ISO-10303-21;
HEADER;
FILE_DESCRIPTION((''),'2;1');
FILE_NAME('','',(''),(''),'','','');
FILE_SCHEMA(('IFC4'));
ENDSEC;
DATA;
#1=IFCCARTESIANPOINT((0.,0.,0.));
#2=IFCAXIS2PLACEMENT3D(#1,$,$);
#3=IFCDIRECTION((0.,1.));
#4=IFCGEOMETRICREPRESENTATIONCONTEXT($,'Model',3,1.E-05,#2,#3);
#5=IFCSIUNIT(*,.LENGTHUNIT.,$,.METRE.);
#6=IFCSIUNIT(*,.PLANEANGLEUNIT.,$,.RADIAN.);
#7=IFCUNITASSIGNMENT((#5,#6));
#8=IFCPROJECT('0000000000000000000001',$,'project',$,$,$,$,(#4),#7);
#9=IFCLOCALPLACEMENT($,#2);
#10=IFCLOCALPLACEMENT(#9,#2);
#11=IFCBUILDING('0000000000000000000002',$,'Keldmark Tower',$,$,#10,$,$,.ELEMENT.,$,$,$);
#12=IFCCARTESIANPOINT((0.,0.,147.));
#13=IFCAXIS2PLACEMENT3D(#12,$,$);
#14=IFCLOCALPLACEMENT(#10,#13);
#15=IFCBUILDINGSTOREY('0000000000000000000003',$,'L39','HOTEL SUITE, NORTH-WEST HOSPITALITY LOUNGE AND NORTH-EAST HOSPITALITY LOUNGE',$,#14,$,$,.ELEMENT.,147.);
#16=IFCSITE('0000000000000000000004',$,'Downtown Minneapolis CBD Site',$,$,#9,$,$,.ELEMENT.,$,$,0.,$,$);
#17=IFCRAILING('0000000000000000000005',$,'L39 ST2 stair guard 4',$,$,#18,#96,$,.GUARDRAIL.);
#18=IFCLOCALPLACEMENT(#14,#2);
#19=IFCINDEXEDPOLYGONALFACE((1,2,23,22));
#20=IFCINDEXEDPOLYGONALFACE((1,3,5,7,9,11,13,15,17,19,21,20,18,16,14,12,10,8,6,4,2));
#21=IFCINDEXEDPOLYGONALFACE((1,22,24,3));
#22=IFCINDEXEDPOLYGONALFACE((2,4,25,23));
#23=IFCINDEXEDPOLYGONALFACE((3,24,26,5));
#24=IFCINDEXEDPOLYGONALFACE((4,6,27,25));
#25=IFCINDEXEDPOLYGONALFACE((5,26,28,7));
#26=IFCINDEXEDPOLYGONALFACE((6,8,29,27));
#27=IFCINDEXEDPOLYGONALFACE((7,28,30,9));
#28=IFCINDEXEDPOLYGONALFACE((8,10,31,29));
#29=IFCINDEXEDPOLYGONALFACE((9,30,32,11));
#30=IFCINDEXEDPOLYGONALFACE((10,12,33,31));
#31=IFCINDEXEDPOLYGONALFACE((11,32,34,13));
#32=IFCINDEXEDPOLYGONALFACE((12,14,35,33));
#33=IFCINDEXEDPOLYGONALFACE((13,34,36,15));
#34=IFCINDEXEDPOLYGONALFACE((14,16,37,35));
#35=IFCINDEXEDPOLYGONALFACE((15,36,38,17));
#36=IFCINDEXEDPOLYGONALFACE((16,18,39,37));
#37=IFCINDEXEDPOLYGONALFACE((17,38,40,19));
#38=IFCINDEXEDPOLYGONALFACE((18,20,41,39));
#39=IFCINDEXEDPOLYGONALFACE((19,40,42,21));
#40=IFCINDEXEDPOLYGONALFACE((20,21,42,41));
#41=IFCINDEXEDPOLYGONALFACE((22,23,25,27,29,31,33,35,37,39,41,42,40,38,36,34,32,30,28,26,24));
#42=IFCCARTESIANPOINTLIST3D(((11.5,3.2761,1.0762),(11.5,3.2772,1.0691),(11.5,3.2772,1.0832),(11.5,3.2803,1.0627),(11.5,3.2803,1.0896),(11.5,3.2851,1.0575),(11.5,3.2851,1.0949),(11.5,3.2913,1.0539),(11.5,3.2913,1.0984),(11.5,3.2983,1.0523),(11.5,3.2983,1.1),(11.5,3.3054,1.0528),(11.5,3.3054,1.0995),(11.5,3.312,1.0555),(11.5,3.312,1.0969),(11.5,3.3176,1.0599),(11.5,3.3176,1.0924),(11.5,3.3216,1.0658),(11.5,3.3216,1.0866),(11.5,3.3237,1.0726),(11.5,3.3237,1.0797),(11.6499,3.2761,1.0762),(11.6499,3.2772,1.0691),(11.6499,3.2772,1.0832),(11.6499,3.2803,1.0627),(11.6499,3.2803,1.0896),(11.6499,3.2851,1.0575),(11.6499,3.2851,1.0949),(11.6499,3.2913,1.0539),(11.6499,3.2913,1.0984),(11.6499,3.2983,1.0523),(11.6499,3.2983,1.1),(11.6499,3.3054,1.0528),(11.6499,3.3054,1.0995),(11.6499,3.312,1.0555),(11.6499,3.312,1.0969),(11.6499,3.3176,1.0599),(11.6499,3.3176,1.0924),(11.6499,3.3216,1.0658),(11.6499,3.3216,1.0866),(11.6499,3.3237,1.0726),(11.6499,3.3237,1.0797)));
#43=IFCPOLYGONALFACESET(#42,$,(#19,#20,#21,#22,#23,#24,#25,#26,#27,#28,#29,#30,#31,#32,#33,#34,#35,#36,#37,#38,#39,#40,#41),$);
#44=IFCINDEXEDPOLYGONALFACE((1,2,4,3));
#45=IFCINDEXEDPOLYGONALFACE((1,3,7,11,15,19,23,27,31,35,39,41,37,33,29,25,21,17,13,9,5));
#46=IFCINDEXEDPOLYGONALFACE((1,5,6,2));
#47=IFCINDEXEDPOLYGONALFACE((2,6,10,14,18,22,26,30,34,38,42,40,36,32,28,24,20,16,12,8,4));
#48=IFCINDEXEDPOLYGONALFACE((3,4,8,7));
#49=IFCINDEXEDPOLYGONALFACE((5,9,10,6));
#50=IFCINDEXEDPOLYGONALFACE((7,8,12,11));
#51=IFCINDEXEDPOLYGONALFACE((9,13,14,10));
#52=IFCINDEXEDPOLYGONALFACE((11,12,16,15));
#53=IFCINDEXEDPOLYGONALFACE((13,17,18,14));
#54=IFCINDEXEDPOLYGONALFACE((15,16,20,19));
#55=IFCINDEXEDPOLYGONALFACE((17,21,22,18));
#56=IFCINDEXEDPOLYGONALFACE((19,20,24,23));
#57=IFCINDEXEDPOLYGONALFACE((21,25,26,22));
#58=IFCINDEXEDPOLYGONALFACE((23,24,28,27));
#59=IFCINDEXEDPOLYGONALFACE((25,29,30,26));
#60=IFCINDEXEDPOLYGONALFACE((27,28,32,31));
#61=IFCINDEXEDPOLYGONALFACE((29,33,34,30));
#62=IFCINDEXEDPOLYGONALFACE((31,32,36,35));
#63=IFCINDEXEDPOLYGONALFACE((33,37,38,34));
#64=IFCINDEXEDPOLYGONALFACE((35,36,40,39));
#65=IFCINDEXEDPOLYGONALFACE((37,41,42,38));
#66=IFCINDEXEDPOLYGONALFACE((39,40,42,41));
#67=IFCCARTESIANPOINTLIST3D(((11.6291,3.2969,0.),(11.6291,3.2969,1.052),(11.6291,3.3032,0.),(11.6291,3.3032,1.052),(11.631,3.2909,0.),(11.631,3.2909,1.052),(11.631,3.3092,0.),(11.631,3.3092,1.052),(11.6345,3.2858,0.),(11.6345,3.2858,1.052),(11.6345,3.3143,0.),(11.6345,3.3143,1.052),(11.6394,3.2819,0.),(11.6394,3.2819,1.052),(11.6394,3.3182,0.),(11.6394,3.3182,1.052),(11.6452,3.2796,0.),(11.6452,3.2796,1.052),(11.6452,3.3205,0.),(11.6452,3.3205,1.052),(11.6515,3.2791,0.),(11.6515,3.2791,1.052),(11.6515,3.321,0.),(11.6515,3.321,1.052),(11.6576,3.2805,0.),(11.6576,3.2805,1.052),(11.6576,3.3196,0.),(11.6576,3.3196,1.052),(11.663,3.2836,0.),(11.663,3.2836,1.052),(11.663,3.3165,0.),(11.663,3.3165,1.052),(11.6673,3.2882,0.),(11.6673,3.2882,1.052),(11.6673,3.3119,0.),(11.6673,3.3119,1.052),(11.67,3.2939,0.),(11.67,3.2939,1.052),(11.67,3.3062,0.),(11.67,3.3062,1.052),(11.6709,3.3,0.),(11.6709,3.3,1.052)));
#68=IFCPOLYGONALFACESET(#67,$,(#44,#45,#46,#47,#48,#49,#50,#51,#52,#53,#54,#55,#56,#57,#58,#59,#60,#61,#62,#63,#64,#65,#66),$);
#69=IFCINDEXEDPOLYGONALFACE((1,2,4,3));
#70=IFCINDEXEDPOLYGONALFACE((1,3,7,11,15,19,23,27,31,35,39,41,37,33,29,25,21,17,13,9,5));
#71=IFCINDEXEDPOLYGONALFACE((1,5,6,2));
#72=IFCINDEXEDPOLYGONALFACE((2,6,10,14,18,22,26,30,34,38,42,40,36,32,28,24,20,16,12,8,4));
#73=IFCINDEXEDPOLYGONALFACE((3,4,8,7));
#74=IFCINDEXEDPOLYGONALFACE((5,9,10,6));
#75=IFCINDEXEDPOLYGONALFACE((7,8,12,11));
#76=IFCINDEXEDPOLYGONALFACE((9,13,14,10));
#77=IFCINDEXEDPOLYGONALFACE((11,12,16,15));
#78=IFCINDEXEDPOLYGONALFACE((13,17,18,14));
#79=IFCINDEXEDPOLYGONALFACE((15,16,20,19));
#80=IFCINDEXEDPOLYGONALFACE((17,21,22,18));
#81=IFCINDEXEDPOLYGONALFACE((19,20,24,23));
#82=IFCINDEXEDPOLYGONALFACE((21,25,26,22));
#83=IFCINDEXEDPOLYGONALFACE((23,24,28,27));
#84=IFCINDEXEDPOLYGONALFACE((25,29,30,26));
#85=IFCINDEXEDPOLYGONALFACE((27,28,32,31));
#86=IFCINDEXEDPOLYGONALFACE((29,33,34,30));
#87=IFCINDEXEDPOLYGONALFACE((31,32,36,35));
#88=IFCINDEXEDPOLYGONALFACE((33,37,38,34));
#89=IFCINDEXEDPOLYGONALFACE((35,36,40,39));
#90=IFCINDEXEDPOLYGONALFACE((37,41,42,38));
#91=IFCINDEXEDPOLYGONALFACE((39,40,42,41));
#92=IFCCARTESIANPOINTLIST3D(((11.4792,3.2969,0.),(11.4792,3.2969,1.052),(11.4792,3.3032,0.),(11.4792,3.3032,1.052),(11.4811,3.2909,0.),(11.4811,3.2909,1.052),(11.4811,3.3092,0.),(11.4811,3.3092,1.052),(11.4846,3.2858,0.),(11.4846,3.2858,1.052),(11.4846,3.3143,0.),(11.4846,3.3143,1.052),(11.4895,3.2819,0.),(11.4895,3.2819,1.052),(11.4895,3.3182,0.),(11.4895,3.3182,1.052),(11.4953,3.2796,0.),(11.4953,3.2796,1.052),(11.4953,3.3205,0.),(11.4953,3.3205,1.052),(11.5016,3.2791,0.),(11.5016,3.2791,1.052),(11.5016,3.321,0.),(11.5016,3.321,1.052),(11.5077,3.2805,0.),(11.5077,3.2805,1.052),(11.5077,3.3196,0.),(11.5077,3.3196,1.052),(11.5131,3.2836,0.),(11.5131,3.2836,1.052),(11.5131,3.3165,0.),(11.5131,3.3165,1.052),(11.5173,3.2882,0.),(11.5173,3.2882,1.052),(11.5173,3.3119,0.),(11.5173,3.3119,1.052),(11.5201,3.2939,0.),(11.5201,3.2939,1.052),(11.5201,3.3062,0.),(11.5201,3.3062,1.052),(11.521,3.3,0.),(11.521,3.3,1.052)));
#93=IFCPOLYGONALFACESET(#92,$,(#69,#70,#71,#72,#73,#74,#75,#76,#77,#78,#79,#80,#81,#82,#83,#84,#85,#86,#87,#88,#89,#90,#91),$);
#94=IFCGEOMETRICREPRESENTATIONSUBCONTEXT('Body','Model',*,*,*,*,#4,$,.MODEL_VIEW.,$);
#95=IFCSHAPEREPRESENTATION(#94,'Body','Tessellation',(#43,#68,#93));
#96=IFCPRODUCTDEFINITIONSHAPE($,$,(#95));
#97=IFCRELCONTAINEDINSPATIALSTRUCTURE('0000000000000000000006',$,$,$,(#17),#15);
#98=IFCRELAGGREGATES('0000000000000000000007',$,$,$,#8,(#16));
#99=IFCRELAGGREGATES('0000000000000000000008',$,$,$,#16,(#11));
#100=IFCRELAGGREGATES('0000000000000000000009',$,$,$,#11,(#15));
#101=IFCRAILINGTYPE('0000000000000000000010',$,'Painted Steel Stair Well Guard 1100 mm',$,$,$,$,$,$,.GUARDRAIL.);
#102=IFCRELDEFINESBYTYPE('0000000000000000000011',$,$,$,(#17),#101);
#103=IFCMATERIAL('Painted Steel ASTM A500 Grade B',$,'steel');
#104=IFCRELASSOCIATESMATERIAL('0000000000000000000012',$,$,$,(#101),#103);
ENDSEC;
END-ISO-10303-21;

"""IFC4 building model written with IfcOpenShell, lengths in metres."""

from ifc_helpers import new_model, si_unit, direction, frame, origin, origin_2d, place, context, subcontext, project, spatial, circle, extrude, material, type_object, element, save


model = new_model("IFC4")

# Units and contexts
model_context = context("Model", 3, precision=1e-05, world=origin(), true_north=direction((0.0, 1.0)))
body_context = subcontext(model_context, "Body", "Model", "MODEL_VIEW")
ifc_project = project(units=[si_unit("LENGTHUNIT", "METRE"), si_unit("PLANEANGLEUNIT", "RADIAN")], contexts=[model_context])

# Site, building, storey
site_placement = place(None, origin())
site = spatial("IfcSite", under=ifc_project, at=site_placement, Name="Downtown Minneapolis CBD Site", CompositionType="ELEMENT", RefElevation=0.0)
building_placement = place(site_placement, origin())
building = spatial("IfcBuilding", under=site, at=building_placement, Name="Keldmark Tower", CompositionType="ELEMENT")
storey_placement = place(building_placement, frame((0.0, 0.0, 147.0)))
storey = spatial("IfcBuildingStorey", under=building, at=storey_placement, Name="L39", Description="HOTEL SUITE, NORTH-WEST HOSPITALITY LOUNGE AND NORTH-EAST HOSPITALITY LOUNGE", CompositionType="ELEMENT", Elevation=147.0)

# Railing
ifc_material_1 = material(Name="Painted Steel ASTM A500 Grade B", Category="steel")
railing_type_1 = type_object("IfcRailingType", Name="Painted Steel Stair Well Guard 1100 mm", PredefinedType="GUARDRAIL", material=ifc_material_1)
railing_1_placement = place(storey_placement, frame((11.6499, 3.3, 0.0)))
element("IfcRailing", 1, at=railing_1_placement, inside=storey, type_object=railing_type_1, Name="L39 ST2 stair guard 4", PredefinedType="GUARDRAIL", context=body_context, shape_type="SweptSolid", body=[
    extrude(circle(Radius=0.0239, at=origin_2d()), frame((0.0, 0.0, 1.0762), z_axis=(-1.0, 0.0, 0.0), x_axis=(0.0, -1.0, 0.0)), (0.0, 0.0, 1.0), 0.1499),
    extrude(circle(Radius=0.021, at=origin_2d()), origin(), (0.0, 0.0, 1.0), 1.052),
    extrude(circle(Radius=0.021, at=origin_2d()), frame((-0.1499, 0.0, 0.0)), (0.0, 0.0, 1.0), 1.052),
])

save(model, "model.ifc")
